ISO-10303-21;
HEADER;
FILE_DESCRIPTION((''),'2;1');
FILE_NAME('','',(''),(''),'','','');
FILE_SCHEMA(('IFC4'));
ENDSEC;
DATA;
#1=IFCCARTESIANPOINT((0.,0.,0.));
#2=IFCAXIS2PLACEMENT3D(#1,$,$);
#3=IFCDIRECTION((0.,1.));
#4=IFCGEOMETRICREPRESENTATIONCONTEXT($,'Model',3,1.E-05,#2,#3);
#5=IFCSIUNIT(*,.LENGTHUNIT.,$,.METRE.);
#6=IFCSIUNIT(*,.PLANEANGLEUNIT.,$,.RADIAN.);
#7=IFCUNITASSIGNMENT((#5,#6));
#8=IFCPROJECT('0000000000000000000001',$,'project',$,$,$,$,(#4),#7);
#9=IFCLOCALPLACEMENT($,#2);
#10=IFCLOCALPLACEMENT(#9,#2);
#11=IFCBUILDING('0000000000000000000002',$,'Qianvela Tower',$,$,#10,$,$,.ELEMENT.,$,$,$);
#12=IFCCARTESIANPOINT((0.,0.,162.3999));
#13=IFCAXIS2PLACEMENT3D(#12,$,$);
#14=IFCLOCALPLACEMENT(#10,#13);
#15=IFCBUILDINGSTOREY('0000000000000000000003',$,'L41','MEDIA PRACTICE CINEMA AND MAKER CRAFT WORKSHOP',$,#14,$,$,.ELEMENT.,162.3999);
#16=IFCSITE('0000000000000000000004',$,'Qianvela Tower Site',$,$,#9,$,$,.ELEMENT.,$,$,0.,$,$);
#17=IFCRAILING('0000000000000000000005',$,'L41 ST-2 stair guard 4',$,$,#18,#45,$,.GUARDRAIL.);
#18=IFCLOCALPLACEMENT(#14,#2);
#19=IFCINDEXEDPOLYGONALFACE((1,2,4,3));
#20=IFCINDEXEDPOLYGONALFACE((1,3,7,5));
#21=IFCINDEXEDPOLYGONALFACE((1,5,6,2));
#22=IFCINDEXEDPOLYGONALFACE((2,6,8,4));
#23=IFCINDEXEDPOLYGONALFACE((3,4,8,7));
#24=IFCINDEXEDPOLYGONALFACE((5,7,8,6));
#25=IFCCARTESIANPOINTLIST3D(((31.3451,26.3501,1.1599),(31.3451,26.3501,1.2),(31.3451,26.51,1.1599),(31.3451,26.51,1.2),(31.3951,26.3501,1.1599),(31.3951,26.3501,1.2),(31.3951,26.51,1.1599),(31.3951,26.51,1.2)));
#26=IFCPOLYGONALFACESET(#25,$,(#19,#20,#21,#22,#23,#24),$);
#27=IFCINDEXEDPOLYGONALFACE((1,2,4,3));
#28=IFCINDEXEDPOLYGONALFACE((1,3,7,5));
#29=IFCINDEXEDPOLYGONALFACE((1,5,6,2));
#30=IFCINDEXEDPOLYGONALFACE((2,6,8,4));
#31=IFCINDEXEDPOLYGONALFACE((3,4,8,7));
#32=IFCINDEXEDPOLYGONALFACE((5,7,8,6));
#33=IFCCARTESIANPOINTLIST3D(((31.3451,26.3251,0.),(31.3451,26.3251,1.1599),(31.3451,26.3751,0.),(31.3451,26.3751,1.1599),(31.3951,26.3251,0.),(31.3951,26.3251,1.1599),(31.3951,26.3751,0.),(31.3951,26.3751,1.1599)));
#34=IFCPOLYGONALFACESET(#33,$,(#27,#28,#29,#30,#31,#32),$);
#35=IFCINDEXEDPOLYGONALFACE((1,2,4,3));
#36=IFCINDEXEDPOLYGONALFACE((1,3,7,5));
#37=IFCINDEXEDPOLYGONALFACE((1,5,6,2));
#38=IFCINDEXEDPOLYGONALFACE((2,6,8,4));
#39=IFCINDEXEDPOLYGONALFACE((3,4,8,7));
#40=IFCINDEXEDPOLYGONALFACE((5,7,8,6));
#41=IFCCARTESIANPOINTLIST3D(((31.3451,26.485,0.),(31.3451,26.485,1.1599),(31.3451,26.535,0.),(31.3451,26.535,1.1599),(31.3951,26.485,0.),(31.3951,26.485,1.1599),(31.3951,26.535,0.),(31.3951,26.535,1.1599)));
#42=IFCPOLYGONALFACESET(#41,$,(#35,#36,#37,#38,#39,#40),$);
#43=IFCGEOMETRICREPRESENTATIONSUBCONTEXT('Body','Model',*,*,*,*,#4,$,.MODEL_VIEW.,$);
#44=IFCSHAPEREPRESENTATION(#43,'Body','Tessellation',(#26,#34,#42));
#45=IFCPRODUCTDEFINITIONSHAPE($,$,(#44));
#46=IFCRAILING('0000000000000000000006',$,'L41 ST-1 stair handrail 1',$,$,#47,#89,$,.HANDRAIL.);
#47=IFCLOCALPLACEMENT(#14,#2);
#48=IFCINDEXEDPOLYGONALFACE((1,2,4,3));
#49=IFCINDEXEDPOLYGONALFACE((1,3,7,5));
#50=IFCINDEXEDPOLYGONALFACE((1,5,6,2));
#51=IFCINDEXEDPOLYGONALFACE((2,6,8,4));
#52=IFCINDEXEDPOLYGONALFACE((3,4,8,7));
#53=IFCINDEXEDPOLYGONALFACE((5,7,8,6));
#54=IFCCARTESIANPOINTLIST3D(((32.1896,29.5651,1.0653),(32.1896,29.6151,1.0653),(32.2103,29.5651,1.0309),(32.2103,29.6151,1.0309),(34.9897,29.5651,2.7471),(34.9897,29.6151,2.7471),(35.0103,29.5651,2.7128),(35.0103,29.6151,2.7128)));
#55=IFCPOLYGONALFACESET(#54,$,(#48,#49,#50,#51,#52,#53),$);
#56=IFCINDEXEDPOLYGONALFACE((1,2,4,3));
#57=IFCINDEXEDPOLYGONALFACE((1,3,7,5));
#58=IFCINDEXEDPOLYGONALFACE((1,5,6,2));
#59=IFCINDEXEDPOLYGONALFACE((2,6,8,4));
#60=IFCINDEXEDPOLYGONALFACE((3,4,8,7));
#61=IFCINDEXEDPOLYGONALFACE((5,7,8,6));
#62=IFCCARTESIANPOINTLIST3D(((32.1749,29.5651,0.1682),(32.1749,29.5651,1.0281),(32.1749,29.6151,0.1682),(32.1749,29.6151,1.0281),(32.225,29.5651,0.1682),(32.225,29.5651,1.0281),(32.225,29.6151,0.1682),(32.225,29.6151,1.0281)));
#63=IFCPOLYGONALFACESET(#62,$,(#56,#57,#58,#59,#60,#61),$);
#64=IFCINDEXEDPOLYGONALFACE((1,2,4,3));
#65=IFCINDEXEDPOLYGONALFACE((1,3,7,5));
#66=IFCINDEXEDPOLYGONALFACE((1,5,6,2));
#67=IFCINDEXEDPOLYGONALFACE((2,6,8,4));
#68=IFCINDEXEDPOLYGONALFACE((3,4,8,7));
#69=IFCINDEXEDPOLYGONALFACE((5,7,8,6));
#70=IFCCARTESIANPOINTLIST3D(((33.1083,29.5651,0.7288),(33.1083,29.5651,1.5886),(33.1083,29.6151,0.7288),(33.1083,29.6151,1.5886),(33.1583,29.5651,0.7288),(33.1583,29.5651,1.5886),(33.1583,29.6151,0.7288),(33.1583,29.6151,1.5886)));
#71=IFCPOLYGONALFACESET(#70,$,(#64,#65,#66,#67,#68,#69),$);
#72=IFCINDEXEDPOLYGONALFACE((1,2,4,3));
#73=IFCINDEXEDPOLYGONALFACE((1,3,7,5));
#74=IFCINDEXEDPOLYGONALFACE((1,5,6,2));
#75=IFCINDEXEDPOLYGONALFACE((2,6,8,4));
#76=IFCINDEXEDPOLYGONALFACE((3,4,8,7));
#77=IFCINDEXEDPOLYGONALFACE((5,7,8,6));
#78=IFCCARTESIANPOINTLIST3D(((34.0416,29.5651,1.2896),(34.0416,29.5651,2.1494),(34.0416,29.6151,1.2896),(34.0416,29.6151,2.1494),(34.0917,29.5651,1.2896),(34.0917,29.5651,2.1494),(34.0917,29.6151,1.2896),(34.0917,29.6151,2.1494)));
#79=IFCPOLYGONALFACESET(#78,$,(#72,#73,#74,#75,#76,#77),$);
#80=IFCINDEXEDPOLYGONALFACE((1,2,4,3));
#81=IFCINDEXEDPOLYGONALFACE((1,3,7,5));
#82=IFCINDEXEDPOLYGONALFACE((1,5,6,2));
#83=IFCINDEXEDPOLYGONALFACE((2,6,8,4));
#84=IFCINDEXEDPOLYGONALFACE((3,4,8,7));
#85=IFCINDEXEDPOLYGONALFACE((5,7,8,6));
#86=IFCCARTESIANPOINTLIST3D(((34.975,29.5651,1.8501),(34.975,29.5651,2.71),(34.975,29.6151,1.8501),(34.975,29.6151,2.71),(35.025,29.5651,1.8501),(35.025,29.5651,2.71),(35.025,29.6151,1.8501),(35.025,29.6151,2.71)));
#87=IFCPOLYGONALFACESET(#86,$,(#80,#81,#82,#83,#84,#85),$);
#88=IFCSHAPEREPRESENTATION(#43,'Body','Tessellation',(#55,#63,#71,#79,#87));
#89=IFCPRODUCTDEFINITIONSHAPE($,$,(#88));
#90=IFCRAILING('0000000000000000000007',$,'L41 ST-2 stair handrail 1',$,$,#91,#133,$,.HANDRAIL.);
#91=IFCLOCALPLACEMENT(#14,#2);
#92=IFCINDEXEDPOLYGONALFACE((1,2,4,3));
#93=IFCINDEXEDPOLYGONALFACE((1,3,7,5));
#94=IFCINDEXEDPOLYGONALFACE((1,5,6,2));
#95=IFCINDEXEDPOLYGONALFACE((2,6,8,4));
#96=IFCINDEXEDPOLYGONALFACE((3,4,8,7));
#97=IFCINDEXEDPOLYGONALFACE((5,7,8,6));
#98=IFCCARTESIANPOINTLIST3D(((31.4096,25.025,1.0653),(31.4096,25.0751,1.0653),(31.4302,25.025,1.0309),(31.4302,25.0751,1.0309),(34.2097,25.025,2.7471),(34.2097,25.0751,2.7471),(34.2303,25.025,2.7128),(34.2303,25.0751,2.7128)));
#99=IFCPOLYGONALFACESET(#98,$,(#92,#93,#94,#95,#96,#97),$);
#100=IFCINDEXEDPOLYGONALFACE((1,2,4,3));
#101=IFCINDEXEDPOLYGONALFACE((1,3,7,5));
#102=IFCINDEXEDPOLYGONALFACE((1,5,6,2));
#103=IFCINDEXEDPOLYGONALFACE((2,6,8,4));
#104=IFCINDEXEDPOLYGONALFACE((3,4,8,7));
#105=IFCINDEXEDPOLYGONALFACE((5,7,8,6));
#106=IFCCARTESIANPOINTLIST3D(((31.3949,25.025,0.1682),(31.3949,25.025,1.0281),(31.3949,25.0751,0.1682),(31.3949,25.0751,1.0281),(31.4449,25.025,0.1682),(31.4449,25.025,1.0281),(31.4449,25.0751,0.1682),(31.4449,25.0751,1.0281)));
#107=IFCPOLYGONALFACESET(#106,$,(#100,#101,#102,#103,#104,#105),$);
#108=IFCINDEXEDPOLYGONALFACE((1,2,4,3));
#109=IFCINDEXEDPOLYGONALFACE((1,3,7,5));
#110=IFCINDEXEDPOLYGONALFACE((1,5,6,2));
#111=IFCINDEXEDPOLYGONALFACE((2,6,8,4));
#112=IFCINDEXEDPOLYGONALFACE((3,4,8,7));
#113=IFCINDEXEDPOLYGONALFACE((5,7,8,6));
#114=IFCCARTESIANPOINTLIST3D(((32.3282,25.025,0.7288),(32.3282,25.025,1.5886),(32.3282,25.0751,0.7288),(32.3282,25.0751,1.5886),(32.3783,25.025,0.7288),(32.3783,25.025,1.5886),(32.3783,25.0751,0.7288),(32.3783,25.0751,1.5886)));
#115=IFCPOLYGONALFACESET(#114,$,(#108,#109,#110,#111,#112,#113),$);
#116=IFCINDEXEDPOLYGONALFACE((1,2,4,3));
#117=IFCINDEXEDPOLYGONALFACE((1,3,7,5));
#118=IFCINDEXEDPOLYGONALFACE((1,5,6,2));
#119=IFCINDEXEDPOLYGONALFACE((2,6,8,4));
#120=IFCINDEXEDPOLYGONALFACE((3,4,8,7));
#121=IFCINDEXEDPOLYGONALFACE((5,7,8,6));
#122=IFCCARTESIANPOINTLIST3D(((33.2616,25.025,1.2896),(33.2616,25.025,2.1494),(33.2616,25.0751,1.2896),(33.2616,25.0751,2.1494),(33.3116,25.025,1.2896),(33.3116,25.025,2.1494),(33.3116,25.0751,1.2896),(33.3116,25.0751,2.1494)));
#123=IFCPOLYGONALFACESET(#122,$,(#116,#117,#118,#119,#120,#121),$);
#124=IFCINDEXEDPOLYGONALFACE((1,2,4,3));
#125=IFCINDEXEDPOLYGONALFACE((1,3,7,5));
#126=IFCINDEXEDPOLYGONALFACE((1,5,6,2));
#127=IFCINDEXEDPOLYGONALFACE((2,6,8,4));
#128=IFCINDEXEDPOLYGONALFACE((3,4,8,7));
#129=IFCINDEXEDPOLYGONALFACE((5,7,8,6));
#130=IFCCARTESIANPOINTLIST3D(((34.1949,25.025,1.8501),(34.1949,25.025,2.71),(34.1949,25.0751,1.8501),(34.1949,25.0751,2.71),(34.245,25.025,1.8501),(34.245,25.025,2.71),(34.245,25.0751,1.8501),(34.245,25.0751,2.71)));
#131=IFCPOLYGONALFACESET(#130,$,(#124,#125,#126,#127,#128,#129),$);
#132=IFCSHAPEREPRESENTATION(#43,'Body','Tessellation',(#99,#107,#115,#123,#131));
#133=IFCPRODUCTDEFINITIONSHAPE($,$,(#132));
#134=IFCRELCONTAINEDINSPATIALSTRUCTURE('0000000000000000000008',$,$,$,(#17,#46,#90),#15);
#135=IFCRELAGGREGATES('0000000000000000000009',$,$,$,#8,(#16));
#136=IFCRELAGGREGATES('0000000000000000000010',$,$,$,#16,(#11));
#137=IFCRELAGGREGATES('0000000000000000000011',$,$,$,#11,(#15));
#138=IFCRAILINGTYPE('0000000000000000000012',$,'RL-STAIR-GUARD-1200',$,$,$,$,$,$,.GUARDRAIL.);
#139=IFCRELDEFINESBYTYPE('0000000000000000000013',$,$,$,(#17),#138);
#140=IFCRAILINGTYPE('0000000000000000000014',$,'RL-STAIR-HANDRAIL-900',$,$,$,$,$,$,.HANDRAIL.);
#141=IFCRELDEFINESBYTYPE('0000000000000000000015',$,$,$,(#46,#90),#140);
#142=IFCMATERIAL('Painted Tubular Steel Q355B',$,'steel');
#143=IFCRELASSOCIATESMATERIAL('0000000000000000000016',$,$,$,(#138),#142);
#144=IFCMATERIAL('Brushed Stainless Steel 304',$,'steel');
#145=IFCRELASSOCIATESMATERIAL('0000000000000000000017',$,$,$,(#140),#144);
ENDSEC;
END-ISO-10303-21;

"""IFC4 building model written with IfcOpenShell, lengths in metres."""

from ifc_helpers import new_model, si_unit, direction, frame, origin, origin_2d, place, context, subcontext, project, spatial, rectangle, extrude, material, type_object, element, save


model = new_model("IFC4")

# Units and contexts
model_context = context("Model", 3, precision=1e-05, world=origin(), true_north=direction((0.0, 1.0)))
body_context = subcontext(model_context, "Body", "Model", "MODEL_VIEW")
ifc_project = project(units=[si_unit("LENGTHUNIT", "METRE"), si_unit("PLANEANGLEUNIT", "RADIAN")], contexts=[model_context])

# Site, building, storey
site_placement = place(None, origin())
site = spatial("IfcSite", under=ifc_project, at=site_placement, Name="Qianvela Tower Site", CompositionType="ELEMENT", RefElevation=0.0)
building_placement = place(site_placement, origin())
building = spatial("IfcBuilding", under=site, at=building_placement, Name="Qianvela Tower", CompositionType="ELEMENT")
storey_placement = place(building_placement, frame((0.0, 0.0, 162.3999)))
storey = spatial("IfcBuildingStorey", under=building, at=storey_placement, Name="L41", Description="MEDIA PRACTICE CINEMA AND MAKER CRAFT WORKSHOP", CompositionType="ELEMENT", Elevation=162.3999)

# Railings
ifc_material_1 = material(Name="Painted Tubular Steel Q355B", Category="steel")
railing_type_1 = type_object("IfcRailingType", Name="RL-STAIR-GUARD-1200", PredefinedType="GUARDRAIL", material=ifc_material_1)
railing_1_placement = place(storey_placement, frame((31.3701, 26.3501, 0.0)))
element("IfcRailing", 1, at=railing_1_placement, inside=storey, type_object=railing_type_1, Name="L41 ST-2 stair guard 4", PredefinedType="GUARDRAIL", context=body_context, shape_type="SweptSolid", body=[
    extrude(rectangle(XDim=0.05, YDim=0.04, at=origin_2d()), frame((0.0, 0.0, 1.1799), z_axis=(0.0, 1.0, 0.0), x_axis=(-1.0, 0.0, 0.0)), (0.0, 0.0, 1.0), 0.1599),
    extrude(rectangle(XDim=0.05, YDim=0.05, at=origin_2d()), origin(), (0.0, 0.0, 1.0), 1.1599),
    extrude(rectangle(XDim=0.05, YDim=0.05, at=origin_2d()), frame((0.0, 0.1599, 0.0)), (0.0, 0.0, 1.0), 1.1599),
])
ifc_material_2 = material(Name="Brushed Stainless Steel 304", Category="steel")
railing_type_2 = type_object("IfcRailingType", Name="RL-STAIR-HANDRAIL-900", PredefinedType="HANDRAIL", material=ifc_material_2)
for number, where, name in (
    (2, (32.2, 29.5901, 0.1682), "L41 ST-1 stair handrail 1"),
    (3, (31.4199, 25.05, 0.1682), "L41 ST-2 stair handrail 1"),
):
    element("IfcRailing", number, at=place(storey_placement, frame(where)), inside=storey, type_object=railing_type_2, Name=name, PredefinedType="HANDRAIL", context=body_context, shape_type="SweptSolid", body=[
        extrude(rectangle(XDim=0.05, YDim=0.04, at=origin_2d()), frame((0.0, 0.0, 0.8799), z_axis=(0.857242, 0.0, 0.514913), x_axis=(0.0, 1.0, 0.0)), (0.0, 0.0, 1.0), 3.2664),
        extrude(rectangle(XDim=0.05, YDim=0.05, at=origin_2d()), origin(), (0.0, 0.0, 1.0), 0.8599),
        extrude(rectangle(XDim=0.05, YDim=0.05, at=origin_2d()), frame((0.9333, 0.0, 0.5605)), (0.0, 0.0, 1.0), 0.8599),
        extrude(rectangle(XDim=0.05, YDim=0.05, at=origin_2d()), frame((1.8667, 0.0, 1.1213)), (0.0, 0.0, 1.0), 0.8599),
        extrude(rectangle(XDim=0.05, YDim=0.05, at=origin_2d()), frame((2.8, 0.0, 1.6819)), (0.0, 0.0, 1.0), 0.8599),
    ])

save(model, "model.ifc")
